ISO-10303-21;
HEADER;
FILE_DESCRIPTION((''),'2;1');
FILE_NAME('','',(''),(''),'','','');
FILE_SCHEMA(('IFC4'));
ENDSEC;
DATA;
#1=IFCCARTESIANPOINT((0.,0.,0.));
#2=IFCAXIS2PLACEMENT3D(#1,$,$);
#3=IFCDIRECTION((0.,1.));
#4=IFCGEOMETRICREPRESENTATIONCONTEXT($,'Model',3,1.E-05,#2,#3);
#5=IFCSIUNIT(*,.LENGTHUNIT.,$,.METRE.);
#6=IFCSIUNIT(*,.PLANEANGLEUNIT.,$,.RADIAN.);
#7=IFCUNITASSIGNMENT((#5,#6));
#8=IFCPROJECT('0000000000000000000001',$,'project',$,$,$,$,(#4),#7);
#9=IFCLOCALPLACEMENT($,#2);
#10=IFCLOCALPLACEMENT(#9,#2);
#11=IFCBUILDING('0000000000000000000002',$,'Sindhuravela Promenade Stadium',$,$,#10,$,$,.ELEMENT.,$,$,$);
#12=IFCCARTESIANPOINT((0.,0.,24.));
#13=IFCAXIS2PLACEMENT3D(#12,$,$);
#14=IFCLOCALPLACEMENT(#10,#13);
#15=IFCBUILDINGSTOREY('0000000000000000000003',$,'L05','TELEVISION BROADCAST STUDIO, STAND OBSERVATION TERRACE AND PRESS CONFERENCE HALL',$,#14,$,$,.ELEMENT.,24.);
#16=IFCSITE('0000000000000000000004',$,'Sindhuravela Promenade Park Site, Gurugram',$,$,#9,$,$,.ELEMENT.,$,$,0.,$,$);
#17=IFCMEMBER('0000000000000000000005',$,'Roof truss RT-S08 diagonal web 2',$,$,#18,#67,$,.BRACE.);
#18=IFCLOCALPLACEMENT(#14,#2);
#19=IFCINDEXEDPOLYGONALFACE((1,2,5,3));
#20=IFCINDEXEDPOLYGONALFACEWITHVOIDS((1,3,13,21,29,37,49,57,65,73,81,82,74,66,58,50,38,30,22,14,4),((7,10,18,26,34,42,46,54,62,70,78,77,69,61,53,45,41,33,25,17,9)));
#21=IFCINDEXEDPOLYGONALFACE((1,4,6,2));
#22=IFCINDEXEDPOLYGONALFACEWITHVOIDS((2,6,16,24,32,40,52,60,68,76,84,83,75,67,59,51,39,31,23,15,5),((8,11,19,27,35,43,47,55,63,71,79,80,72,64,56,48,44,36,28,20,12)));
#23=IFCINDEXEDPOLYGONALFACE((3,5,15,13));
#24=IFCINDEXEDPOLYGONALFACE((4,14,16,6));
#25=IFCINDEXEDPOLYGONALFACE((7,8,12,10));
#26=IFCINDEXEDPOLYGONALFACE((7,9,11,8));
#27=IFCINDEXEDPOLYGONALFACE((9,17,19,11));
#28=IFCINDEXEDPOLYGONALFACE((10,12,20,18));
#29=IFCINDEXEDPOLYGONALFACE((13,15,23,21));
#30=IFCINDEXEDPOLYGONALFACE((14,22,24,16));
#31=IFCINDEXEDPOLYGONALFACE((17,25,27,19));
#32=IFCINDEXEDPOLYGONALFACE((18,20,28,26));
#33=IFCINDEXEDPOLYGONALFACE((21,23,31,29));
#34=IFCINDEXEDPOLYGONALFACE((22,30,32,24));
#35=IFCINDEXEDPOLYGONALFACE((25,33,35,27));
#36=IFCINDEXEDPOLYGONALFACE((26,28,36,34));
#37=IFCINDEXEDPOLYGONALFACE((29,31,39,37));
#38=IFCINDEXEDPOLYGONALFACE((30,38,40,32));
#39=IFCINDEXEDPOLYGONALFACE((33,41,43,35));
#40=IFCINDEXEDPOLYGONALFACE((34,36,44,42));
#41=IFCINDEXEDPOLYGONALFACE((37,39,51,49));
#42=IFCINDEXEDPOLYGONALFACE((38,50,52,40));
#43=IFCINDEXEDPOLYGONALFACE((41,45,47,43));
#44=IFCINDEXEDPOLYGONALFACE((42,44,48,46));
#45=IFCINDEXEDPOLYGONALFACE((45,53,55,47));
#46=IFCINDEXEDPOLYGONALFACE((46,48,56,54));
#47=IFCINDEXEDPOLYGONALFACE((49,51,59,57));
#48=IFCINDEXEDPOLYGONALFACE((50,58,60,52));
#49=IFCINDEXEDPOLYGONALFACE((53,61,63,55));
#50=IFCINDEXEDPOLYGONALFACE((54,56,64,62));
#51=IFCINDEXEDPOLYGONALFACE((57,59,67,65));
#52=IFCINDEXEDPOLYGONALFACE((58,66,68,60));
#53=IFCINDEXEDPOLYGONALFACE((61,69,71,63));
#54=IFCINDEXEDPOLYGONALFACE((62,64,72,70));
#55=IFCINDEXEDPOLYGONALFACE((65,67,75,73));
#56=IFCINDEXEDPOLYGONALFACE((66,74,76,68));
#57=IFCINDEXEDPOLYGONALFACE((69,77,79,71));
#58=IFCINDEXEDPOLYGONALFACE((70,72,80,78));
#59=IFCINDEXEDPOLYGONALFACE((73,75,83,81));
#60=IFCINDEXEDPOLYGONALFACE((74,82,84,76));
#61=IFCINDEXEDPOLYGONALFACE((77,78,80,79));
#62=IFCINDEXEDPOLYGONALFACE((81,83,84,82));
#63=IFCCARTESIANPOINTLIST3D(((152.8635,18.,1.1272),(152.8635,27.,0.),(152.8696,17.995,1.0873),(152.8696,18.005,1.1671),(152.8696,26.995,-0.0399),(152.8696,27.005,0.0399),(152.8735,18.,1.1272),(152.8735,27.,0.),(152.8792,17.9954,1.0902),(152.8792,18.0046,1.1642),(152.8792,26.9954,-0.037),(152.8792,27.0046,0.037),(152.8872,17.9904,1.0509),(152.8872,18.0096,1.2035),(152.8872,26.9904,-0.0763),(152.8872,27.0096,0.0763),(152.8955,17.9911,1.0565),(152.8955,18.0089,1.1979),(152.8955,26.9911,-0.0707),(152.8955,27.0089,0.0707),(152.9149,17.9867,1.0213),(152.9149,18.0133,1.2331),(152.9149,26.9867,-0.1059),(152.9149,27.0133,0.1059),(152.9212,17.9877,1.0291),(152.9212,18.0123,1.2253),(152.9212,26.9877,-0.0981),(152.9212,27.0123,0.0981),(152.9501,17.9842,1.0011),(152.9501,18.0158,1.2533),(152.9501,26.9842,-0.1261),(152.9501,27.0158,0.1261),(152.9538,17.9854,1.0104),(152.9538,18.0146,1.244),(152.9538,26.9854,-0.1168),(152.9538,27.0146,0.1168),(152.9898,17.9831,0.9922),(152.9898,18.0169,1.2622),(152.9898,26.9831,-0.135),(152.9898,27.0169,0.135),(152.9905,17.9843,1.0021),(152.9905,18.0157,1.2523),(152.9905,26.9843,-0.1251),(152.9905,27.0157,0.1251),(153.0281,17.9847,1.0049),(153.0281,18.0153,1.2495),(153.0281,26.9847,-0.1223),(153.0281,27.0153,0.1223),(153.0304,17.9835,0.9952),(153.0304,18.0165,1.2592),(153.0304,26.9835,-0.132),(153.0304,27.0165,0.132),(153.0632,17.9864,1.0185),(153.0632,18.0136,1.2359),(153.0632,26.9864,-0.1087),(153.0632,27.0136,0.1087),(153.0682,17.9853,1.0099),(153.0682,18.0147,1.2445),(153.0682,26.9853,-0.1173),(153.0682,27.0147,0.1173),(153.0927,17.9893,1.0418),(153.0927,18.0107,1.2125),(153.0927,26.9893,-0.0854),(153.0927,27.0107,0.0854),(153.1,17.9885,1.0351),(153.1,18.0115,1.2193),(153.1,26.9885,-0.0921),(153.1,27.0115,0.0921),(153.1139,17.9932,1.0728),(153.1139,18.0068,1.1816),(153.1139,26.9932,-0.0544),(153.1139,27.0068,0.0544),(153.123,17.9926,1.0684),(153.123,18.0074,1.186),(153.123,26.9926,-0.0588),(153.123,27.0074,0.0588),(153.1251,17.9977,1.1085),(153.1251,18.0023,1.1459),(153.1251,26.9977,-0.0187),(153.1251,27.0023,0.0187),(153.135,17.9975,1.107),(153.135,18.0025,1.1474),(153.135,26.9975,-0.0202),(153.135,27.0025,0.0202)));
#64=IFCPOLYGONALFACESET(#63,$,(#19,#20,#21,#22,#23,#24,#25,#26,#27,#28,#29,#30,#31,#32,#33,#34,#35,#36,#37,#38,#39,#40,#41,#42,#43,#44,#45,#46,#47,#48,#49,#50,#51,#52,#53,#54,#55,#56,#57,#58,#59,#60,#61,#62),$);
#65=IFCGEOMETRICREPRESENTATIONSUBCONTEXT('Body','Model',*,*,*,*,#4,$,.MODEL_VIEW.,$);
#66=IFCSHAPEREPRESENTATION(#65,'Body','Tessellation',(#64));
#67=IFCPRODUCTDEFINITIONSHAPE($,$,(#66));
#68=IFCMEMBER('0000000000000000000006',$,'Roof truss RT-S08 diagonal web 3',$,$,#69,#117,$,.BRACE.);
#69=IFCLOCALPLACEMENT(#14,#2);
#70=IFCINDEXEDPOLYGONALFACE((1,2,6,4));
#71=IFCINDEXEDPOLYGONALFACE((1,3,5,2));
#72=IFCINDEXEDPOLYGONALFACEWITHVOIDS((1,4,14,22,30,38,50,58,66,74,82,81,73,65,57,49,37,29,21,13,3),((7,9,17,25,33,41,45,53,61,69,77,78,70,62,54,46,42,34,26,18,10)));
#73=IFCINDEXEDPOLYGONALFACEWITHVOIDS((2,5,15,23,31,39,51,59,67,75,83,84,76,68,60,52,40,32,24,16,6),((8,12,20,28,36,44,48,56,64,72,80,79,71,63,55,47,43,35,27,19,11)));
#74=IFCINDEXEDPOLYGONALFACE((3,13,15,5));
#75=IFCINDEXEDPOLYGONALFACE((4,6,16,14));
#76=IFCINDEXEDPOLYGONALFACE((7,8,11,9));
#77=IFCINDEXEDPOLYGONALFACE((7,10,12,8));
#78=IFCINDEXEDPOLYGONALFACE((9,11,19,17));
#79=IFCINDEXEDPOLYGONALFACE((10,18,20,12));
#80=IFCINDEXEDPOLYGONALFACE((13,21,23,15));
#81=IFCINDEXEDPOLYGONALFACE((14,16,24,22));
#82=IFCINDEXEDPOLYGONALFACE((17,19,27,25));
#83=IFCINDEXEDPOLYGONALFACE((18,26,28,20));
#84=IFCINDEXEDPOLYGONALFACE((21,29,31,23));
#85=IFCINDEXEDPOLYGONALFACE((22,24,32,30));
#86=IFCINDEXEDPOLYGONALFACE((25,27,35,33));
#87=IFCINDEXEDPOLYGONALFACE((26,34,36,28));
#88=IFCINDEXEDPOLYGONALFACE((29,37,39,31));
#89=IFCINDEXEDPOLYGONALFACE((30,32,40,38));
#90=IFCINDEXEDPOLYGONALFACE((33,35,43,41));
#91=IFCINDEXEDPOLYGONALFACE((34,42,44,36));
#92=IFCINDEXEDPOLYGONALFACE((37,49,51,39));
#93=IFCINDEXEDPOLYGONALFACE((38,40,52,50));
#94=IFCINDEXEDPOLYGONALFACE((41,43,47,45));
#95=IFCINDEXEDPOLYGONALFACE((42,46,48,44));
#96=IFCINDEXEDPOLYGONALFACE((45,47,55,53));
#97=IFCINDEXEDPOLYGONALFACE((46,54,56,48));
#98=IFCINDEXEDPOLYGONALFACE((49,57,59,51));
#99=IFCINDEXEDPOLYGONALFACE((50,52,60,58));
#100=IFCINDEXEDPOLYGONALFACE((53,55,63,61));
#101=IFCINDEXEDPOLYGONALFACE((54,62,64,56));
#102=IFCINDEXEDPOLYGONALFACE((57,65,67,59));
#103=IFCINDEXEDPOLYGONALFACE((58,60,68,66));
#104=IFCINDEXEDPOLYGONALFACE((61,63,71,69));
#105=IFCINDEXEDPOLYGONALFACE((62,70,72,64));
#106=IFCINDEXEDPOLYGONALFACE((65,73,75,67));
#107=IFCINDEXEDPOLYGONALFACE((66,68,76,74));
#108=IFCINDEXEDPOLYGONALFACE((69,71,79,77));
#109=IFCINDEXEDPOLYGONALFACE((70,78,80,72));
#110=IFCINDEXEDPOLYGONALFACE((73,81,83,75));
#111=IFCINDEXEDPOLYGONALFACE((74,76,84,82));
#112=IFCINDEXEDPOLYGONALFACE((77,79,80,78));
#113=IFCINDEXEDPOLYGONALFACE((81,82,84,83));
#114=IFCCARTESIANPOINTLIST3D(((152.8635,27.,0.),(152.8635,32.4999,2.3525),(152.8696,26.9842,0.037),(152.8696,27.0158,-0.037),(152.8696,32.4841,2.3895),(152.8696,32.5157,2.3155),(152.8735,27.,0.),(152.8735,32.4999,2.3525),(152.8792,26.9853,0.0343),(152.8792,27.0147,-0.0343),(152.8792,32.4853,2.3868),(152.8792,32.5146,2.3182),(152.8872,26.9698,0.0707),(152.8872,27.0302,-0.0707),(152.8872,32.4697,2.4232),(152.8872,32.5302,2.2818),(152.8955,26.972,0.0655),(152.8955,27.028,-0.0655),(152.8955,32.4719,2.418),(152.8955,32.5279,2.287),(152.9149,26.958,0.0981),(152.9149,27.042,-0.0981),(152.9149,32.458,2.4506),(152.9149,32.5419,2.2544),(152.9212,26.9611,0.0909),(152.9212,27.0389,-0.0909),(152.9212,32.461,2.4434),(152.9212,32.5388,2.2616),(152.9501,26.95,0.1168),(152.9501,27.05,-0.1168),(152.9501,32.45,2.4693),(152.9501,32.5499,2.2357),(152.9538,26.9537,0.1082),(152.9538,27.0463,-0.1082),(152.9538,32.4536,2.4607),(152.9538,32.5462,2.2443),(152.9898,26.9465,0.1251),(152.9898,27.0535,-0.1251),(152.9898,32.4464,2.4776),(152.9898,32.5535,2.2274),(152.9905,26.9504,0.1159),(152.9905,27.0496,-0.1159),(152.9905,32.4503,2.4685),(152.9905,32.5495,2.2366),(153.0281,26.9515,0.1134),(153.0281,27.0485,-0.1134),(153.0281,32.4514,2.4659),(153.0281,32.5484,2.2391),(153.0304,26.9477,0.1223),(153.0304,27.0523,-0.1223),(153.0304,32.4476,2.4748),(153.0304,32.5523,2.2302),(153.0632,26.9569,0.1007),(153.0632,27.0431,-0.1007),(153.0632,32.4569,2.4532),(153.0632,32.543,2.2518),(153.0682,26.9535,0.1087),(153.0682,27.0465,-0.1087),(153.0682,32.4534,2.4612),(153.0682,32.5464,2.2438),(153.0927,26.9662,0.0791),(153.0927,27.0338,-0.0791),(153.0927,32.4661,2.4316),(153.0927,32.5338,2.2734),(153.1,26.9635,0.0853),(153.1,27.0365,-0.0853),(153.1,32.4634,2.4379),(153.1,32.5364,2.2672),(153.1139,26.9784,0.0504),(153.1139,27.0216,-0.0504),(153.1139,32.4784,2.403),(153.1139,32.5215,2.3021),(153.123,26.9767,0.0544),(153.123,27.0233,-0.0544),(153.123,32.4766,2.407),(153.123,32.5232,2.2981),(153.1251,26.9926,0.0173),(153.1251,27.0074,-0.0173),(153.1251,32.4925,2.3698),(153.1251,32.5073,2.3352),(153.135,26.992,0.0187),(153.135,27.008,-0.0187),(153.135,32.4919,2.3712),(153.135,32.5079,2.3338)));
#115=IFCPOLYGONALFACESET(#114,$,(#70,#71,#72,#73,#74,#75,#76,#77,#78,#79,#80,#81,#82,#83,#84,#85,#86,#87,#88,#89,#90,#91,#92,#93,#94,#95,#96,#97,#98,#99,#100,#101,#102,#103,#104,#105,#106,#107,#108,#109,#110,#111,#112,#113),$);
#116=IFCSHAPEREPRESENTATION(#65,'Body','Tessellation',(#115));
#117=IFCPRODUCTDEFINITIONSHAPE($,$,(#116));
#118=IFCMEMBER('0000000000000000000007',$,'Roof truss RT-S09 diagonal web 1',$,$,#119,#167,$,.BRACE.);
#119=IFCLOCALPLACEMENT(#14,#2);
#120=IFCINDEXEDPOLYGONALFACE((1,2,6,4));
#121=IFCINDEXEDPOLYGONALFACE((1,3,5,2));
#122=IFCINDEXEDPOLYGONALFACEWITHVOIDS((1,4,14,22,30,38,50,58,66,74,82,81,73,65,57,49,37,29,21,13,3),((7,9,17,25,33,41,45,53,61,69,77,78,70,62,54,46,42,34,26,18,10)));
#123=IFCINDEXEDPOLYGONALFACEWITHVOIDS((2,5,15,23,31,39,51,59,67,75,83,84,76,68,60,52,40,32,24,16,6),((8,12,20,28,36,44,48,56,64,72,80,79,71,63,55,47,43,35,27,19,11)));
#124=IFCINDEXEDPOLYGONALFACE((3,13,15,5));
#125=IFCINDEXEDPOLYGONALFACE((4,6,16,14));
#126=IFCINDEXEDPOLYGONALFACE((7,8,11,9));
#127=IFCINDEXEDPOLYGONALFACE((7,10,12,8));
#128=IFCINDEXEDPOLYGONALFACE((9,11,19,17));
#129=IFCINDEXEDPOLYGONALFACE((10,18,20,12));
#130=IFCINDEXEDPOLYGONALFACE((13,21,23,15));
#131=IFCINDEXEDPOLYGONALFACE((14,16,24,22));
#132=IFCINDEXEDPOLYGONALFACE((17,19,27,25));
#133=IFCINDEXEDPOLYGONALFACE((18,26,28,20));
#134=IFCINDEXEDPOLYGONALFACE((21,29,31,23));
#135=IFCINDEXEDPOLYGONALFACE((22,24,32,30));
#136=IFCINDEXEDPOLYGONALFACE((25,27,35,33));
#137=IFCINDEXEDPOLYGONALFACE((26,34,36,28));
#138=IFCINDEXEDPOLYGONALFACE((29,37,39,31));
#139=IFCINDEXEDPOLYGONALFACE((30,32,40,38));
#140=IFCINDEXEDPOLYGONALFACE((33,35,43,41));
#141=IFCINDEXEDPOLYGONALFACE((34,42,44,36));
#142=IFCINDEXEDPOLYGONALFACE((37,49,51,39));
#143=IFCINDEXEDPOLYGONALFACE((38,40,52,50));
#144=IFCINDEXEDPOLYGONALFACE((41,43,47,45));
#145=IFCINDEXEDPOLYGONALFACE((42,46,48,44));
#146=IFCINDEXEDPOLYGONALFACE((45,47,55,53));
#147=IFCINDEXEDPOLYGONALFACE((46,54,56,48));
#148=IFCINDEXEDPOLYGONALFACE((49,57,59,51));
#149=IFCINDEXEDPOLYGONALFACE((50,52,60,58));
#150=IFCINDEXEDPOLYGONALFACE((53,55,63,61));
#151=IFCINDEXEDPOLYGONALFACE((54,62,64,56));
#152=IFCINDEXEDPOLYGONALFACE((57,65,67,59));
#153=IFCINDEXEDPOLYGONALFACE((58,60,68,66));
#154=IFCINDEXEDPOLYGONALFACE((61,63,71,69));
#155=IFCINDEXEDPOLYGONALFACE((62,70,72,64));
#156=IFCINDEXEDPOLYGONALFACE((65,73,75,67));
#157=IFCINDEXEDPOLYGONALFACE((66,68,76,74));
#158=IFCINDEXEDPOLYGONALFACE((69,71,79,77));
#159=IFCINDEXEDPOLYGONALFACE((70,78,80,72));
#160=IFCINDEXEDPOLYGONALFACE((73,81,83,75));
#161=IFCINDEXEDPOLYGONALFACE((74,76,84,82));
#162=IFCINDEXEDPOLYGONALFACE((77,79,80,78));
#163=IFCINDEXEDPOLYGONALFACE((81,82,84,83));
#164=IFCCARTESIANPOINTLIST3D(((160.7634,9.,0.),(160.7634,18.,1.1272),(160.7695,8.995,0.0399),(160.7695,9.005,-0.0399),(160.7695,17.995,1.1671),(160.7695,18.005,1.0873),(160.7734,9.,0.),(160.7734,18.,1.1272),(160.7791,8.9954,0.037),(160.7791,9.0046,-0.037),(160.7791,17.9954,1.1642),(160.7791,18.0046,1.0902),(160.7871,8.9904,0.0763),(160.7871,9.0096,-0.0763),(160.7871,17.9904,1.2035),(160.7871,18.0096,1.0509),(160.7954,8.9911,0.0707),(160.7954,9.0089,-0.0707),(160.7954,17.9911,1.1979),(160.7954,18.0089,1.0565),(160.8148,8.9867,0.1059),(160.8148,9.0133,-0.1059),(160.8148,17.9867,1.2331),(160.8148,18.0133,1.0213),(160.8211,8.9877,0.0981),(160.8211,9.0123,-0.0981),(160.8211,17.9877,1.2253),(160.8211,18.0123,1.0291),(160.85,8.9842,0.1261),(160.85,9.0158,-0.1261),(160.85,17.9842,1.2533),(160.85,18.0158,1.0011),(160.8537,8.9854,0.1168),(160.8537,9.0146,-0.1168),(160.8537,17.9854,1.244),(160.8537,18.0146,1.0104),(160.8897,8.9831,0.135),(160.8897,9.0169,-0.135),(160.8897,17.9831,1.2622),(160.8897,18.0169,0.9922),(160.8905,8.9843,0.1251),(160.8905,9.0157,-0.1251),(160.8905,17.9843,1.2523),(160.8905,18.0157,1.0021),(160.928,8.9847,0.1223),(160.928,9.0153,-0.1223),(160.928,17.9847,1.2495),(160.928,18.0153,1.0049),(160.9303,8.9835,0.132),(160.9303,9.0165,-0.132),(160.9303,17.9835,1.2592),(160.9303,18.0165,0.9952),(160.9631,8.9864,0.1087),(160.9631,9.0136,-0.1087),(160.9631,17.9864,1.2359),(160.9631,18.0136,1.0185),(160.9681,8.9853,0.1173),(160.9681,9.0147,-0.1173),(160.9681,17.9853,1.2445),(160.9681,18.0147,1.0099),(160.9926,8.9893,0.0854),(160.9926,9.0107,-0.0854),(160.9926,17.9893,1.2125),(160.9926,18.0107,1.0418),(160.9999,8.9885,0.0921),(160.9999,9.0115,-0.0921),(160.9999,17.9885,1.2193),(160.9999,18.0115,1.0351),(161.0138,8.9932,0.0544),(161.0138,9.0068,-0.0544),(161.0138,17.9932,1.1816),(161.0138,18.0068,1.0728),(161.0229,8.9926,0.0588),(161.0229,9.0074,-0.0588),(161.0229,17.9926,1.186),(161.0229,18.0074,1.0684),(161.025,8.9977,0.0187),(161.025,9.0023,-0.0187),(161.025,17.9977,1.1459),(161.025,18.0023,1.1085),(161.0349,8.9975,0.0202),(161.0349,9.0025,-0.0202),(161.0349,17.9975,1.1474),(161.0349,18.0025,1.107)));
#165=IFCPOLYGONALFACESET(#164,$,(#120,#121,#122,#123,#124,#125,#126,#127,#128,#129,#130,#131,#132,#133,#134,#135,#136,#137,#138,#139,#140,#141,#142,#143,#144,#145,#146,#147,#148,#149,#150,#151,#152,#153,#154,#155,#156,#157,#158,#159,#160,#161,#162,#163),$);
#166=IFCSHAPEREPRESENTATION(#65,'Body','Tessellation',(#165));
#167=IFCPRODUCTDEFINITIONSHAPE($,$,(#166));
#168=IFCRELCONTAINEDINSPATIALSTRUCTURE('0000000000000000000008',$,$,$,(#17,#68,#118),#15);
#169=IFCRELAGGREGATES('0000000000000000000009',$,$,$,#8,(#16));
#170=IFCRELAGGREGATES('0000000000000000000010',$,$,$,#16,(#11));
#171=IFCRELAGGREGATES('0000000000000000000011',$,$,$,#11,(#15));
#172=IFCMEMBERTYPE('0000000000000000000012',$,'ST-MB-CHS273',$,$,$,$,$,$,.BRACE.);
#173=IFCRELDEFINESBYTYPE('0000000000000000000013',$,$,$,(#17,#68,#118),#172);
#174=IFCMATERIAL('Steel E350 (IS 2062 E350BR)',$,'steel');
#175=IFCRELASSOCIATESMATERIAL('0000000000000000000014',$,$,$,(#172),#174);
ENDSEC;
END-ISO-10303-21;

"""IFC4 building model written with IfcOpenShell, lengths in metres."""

from ifc_helpers import new_model, si_unit, direction, frame, origin, origin_2d, place, context, subcontext, project, spatial, hollow_circle, extrude, material, material_profile, profile_set, type_object, element, save


model = new_model("IFC4")

# Units and contexts
model_context = context("Model", 3, precision=1e-05, world=origin(), true_north=direction((0.0, 1.0)))
body_context = subcontext(model_context, "Body", "Model", "MODEL_VIEW")
ifc_project = project(units=[si_unit("LENGTHUNIT", "METRE"), si_unit("PLANEANGLEUNIT", "RADIAN")], contexts=[model_context])

# Site, building, storey
site_placement = place(None, origin())
site = spatial("IfcSite", under=ifc_project, at=site_placement, Name="Sindhuravela Promenade Park Site, Gurugram", CompositionType="ELEMENT", RefElevation=0.0)
building_placement = place(site_placement, origin())
building = spatial("IfcBuilding", under=site, at=building_placement, Name="Sindhuravela Promenade Stadium", CompositionType="ELEMENT")
storey_placement = place(building_placement, frame((0.0, 0.0, 24.0)))
storey = spatial("IfcBuildingStorey", under=building, at=storey_placement, Name="L05", Description="TELEVISION BROADCAST STUDIO, STAND OBSERVATION TERRACE AND PRESS CONFERENCE HALL", CompositionType="ELEMENT", Elevation=24.0)

# Shared definitions
ifc_material_1 = material(Name="Steel E350 (IS 2062 E350BR)", Category="steel")

# Members
ifc_material_profile_1 = material_profile(ifc_material_1, hollow_circle(Radius=0.1365, WallThickness=0.01, at=origin_2d()), Name="CHS 273.0x10")
ifc_profile_set_1 = profile_set([ifc_material_profile_1], Name="Steel E350 (IS 2062 E350BR)")
member_type_1 = type_object("IfcMemberType", Name="ST-MB-CHS273", PredefinedType="BRACE", material=ifc_profile_set_1)
member_1_placement = place(storey_placement, frame((153.0, 18.0, 1.1272), z_axis=(0.0, 0.992248, -0.124273), x_axis=(-1.0, 0.0, 0.0)))
element("IfcMember", 1, at=member_1_placement, inside=storey, type_object=member_type_1, Name="Roof truss RT-S08 diagonal web 2", PredefinedType="BRACE", context=body_context, shape_type="SweptSolid", body=[
    extrude(hollow_circle(Radius=0.1365, WallThickness=0.01, at=origin_2d()), origin(), (0.0, 0.0, 1.0), 9.0703),
])
member_2_placement = place(storey_placement, frame((153.0, 27.0, 0.0), z_axis=(0.0, 0.919423, 0.393269), x_axis=(-1.0, 0.0, 0.0)))
element("IfcMember", 2, at=member_2_placement, inside=storey, type_object=member_type_1, Name="Roof truss RT-S08 diagonal web 3", PredefinedType="BRACE", context=body_context, shape_type="SweptSolid", body=[
    extrude(hollow_circle(Radius=0.1365, WallThickness=0.01, at=origin_2d()), origin(), (0.0, 0.0, 1.0), 5.9819),
])
for number, where, z_axis, x_axis, name in (
    (3, (160.8999, 9.0, 0.0), (0.0, 0.992248, 0.124273), (-1.0, 0.0, 0.0), "Roof truss RT-S09 diagonal web 1"),
):
    element("IfcMember", number, at=place(storey_placement, frame(where, z_axis=z_axis, x_axis=x_axis)), inside=storey, type_object=member_type_1, Name=name, PredefinedType="BRACE", context=body_context, shape_type="SweptSolid", body=[
        extrude(hollow_circle(Radius=0.1365, WallThickness=0.01, at=origin_2d()), origin(), (0.0, 0.0, 1.0), 9.0703),
    ])

save(model, "model.ifc")
